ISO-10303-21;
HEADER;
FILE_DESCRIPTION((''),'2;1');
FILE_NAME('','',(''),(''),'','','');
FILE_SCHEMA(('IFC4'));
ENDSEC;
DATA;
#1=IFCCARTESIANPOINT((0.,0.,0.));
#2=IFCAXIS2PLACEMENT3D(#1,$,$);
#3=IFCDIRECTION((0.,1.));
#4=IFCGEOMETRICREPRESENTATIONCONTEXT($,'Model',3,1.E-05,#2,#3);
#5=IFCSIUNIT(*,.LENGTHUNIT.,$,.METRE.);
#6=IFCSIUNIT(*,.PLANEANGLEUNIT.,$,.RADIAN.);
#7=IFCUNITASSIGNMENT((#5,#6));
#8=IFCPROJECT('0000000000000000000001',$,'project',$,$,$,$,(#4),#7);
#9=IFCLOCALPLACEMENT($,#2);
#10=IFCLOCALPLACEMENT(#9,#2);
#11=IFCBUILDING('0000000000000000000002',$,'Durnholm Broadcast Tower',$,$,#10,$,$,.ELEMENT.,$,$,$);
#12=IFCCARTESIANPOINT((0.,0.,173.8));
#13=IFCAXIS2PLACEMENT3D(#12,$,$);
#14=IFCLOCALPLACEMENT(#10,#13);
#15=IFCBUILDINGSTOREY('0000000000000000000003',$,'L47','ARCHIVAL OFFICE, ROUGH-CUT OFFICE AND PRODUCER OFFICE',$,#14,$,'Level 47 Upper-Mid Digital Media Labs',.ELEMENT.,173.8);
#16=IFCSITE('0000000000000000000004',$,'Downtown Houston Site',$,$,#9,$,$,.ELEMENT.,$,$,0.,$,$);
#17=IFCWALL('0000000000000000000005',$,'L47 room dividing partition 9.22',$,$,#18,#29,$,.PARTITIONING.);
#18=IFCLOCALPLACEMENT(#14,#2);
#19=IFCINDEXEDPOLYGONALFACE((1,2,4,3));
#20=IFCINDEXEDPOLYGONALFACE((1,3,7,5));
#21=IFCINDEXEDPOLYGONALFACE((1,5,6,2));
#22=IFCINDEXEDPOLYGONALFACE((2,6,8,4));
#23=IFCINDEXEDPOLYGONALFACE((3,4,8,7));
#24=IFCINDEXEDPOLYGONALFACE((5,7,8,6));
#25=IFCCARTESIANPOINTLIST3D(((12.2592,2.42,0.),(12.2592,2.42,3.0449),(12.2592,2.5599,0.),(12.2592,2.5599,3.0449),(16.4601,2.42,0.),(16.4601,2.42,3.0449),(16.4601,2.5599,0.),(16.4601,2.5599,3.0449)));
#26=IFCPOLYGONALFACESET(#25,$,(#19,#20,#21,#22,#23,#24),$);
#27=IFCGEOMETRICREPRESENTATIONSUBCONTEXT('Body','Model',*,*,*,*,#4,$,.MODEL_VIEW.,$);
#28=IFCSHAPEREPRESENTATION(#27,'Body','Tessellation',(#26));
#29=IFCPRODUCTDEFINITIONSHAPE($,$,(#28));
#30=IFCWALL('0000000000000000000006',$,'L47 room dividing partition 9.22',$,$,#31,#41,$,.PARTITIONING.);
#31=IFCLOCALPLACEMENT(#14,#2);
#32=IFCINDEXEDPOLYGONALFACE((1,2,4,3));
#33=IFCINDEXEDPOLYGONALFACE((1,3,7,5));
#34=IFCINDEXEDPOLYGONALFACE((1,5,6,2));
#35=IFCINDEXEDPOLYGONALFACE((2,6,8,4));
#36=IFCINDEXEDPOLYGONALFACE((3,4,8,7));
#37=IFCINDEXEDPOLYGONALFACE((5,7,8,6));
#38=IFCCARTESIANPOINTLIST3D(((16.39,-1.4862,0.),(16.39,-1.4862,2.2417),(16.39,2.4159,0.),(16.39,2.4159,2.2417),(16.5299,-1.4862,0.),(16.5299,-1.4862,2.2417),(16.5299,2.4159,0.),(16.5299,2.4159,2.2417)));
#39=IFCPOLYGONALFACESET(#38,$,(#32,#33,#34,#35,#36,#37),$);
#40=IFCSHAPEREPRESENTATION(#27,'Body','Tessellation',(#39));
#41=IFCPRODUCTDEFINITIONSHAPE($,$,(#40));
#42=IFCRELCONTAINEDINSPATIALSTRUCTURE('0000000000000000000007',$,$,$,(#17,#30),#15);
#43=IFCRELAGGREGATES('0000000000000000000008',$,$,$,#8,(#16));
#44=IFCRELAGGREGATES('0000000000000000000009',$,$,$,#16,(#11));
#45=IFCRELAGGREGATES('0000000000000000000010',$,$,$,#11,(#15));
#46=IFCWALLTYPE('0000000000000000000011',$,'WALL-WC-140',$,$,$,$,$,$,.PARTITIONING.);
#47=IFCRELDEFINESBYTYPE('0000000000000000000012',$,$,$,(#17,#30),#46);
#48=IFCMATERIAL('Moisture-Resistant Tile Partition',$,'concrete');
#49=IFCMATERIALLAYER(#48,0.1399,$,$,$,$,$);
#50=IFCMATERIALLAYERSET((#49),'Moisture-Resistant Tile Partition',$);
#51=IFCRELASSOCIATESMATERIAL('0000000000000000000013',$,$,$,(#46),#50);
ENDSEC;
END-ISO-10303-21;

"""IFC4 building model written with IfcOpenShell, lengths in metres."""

from ifc_helpers import new_model, si_unit, direction, frame, frame_2d, origin, place, context, subcontext, project, spatial, rectangle, extrude, material, layer, layer_set, type_object, element, save


model = new_model("IFC4")

# Units and contexts
model_context = context("Model", 3, precision=1e-05, world=origin(), true_north=direction((0.0, 1.0)))
body_context = subcontext(model_context, "Body", "Model", "MODEL_VIEW")
ifc_project = project(units=[si_unit("LENGTHUNIT", "METRE"), si_unit("PLANEANGLEUNIT", "RADIAN")], contexts=[model_context])

# Site, building, storey
site_placement = place(None, origin())
site = spatial("IfcSite", under=ifc_project, at=site_placement, Name="Downtown Houston Site", CompositionType="ELEMENT", RefElevation=0.0)
building_placement = place(site_placement, origin())
building = spatial("IfcBuilding", under=site, at=building_placement, Name="Durnholm Broadcast Tower", CompositionType="ELEMENT")
storey_placement = place(building_placement, frame((0.0, 0.0, 173.8)))
storey = spatial("IfcBuildingStorey", under=building, at=storey_placement, Name="L47", Description="ARCHIVAL OFFICE, ROUGH-CUT OFFICE AND PRODUCER OFFICE", LongName="Level 47 Upper-Mid Digital Media Labs", CompositionType="ELEMENT", Elevation=173.8)

# Walls
ifc_material_1 = material(Name="Moisture-Resistant Tile Partition", Category="concrete")
ifc_layer_1 = layer(ifc_material_1, 0.1399)
ifc_layer_set_1 = layer_set([ifc_layer_1], Name="Moisture-Resistant Tile Partition")
wall_type_1 = type_object("IfcWallType", Name="WALL-WC-140", PredefinedType="PARTITIONING", material=ifc_layer_set_1)
wall_1_placement = place(storey_placement, frame((12.259, 2.49, 0.0), z_axis=(0.0, 0.0, 1.0), x_axis=(1.0, 0.0, 0.0)))
element("IfcWall", 1, at=wall_1_placement, inside=storey, type_object=wall_type_1, Name="L47 room dividing partition 9.22", PredefinedType="PARTITIONING", context=body_context, shape_type="SweptSolid", body=[
    extrude(rectangle(XDim=4.2009, YDim=0.1399, at=frame_2d((2.1006, 0.0))), origin(), (0.0, 0.0, 1.0), 3.0449),
])
wall_2_placement = place(storey_placement, frame((16.46, 2.416, 0.0), z_axis=(0.0, 0.0, 1.0), x_axis=(0.0, -1.0, 0.0)))
element("IfcWall", 2, at=wall_2_placement, inside=storey, type_object=wall_type_1, Name="L47 room dividing partition 9.22", PredefinedType="PARTITIONING", context=body_context, shape_type="SweptSolid", body=[
    extrude(rectangle(XDim=3.9021, YDim=0.1399, at=frame_2d((1.9512, 0.0))), origin(), (0.0, 0.0, 1.0), 2.2417),
])

save(model, "model.ifc")
